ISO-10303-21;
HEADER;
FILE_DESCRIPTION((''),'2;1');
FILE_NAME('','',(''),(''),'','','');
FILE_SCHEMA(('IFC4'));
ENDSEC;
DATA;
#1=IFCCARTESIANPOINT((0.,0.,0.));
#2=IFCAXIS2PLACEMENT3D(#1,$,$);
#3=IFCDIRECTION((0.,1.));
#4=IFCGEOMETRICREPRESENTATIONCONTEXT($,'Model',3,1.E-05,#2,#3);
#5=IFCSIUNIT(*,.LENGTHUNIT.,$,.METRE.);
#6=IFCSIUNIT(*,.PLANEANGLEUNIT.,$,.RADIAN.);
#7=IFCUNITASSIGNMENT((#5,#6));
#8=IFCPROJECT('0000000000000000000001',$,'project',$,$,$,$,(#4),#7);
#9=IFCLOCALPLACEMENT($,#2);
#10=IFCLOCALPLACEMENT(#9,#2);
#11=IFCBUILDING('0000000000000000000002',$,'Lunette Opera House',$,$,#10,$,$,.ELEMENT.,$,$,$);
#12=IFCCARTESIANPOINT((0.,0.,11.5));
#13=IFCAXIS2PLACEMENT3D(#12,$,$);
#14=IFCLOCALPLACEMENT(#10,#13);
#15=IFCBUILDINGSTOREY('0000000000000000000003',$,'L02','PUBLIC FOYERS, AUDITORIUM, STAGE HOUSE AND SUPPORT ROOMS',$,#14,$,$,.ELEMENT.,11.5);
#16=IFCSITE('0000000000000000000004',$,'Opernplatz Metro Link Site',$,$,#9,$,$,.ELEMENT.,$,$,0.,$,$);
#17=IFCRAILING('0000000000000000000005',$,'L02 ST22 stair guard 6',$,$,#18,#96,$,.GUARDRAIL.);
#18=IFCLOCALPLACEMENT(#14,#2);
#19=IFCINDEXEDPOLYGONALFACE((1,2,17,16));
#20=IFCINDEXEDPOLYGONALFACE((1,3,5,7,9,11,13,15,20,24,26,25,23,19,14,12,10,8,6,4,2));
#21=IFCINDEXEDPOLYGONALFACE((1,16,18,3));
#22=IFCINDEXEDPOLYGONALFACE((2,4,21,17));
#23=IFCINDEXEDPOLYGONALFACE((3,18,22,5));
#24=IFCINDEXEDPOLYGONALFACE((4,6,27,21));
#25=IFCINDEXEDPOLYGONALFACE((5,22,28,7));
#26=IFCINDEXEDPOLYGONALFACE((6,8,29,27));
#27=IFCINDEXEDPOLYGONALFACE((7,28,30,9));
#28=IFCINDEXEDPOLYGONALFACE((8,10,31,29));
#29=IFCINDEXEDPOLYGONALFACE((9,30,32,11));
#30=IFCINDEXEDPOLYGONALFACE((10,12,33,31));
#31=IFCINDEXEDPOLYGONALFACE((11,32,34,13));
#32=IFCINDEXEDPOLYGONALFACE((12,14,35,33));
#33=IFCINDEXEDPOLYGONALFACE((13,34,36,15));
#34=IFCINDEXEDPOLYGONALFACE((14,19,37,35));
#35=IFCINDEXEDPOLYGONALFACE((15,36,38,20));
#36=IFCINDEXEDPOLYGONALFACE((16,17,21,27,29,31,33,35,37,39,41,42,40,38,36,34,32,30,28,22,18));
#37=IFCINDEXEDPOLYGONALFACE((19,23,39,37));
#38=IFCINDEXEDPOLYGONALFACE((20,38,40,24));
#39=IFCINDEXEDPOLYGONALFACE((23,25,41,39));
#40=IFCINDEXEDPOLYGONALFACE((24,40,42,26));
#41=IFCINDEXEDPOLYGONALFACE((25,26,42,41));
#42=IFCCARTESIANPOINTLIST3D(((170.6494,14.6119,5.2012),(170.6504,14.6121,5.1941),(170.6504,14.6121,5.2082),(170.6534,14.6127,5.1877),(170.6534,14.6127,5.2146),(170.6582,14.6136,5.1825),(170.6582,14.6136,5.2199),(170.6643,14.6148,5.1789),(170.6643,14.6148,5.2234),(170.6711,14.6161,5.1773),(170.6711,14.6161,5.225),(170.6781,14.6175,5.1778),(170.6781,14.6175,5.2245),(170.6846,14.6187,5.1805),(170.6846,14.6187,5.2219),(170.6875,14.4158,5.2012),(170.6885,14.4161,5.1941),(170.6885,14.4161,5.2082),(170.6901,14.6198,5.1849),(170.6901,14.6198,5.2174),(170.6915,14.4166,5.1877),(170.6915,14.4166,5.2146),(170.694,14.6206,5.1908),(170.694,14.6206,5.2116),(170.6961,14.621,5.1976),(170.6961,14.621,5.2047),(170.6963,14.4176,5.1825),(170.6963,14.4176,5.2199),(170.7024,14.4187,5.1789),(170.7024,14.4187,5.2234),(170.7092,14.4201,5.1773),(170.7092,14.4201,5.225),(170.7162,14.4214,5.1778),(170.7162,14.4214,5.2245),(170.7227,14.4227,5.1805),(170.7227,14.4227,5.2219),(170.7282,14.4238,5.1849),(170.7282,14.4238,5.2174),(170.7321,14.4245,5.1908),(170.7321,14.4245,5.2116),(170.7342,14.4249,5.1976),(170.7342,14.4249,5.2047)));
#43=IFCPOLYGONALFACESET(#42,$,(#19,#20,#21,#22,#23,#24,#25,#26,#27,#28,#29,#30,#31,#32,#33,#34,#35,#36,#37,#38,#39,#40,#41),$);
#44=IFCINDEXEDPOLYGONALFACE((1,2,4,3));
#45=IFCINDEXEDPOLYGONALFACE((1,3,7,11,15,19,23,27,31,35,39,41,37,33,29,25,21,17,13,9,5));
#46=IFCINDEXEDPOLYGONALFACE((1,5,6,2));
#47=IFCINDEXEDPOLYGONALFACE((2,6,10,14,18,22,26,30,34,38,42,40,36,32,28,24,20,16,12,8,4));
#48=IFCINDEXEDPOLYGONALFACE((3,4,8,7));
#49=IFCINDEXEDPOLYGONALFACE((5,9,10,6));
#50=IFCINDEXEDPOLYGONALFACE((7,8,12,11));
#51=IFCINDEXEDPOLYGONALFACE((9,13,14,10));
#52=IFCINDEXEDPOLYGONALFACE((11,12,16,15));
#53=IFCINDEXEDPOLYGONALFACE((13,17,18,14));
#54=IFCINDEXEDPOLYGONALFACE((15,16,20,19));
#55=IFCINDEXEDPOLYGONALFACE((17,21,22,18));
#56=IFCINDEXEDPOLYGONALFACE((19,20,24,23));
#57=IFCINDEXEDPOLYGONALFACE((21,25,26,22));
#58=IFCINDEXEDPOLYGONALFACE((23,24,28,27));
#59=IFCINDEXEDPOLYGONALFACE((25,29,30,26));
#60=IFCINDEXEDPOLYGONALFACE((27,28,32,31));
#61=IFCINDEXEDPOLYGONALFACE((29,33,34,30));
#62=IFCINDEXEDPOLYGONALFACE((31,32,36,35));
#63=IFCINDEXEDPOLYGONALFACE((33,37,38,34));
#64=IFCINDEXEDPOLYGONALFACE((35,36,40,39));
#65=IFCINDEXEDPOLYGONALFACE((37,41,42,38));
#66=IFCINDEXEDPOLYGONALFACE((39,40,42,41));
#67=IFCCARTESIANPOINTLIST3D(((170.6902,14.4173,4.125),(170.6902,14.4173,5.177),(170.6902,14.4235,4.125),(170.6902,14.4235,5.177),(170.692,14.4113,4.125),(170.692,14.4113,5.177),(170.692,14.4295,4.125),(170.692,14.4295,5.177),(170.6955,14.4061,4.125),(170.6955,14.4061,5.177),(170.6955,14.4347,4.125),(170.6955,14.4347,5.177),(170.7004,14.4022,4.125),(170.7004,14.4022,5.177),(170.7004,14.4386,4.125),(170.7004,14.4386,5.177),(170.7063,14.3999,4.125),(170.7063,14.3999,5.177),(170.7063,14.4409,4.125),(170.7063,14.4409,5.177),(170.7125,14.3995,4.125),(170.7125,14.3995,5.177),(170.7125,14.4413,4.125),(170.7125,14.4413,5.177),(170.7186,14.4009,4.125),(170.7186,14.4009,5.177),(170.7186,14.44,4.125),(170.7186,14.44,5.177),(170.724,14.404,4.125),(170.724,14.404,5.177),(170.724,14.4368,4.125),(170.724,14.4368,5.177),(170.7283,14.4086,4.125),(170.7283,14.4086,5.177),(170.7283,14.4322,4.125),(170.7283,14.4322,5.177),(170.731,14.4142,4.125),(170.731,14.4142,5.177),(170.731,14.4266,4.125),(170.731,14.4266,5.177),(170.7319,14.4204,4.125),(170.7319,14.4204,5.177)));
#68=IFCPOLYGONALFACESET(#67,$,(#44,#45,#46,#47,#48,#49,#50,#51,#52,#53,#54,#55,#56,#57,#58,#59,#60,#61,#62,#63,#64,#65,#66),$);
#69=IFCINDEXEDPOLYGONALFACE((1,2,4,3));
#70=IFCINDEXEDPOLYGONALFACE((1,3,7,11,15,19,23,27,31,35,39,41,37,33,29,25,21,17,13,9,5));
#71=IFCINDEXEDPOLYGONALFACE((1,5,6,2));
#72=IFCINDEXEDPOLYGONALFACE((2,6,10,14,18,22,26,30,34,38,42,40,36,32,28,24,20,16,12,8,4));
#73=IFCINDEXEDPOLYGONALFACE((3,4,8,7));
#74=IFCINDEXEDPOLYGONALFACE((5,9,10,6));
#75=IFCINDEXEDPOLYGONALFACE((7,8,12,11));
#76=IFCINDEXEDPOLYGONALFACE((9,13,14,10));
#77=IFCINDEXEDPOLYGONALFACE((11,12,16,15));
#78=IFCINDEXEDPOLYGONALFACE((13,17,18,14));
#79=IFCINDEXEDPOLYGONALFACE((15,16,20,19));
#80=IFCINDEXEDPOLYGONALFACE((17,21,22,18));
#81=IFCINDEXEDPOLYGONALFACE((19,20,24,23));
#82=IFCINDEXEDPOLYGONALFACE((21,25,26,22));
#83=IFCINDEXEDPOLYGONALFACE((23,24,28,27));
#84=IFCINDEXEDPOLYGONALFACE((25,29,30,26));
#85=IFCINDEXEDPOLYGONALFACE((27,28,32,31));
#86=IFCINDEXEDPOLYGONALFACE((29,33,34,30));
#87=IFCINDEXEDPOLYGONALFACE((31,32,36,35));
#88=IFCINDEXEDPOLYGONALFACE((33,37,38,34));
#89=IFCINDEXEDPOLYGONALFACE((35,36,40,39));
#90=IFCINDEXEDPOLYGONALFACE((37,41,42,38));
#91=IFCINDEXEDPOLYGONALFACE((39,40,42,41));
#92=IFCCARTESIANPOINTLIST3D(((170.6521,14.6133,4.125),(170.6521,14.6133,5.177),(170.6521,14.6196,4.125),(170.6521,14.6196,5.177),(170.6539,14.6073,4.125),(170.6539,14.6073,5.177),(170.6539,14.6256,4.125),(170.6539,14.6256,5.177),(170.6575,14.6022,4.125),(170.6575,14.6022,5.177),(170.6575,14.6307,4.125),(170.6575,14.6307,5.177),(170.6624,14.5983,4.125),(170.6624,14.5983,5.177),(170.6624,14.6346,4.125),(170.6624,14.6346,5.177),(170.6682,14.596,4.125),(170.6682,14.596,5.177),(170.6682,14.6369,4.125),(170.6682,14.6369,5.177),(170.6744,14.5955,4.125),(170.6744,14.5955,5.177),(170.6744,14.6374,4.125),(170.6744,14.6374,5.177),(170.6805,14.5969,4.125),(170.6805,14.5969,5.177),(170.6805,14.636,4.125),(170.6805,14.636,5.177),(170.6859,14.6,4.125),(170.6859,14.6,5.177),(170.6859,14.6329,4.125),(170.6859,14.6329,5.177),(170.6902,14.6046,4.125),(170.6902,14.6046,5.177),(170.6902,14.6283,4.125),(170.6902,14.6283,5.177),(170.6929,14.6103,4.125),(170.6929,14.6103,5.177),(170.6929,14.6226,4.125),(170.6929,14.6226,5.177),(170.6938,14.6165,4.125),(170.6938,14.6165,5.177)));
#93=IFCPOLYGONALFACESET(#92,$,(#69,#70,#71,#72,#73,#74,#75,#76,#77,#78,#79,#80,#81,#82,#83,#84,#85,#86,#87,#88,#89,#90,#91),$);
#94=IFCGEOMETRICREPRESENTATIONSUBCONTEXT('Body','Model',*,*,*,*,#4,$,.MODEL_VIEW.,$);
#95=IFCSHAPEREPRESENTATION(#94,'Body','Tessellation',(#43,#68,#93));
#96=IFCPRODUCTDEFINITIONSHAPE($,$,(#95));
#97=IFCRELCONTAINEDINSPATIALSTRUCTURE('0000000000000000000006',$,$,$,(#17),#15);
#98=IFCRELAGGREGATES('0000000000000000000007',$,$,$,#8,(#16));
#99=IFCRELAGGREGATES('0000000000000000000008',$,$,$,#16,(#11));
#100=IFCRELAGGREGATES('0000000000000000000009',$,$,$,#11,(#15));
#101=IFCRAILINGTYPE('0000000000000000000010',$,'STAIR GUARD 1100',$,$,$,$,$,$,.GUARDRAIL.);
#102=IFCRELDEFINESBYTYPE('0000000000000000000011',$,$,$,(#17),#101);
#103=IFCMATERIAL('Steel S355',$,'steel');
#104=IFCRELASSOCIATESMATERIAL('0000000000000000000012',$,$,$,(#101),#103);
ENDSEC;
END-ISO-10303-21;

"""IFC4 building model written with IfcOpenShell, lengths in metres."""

from ifc_helpers import new_model, si_unit, direction, frame, origin, origin_2d, place, context, subcontext, project, spatial, circle, extrude, material, type_object, element, save


model = new_model("IFC4")

# Units and contexts
model_context = context("Model", 3, precision=1e-05, world=origin(), true_north=direction((0.0, 1.0)))
body_context = subcontext(model_context, "Body", "Model", "MODEL_VIEW")
ifc_project = project(units=[si_unit("LENGTHUNIT", "METRE"), si_unit("PLANEANGLEUNIT", "RADIAN")], contexts=[model_context])

# Site, building, storey
site_placement = place(None, origin())
site = spatial("IfcSite", under=ifc_project, at=site_placement, Name="Opernplatz Metro Link Site", CompositionType="ELEMENT", RefElevation=0.0)
building_placement = place(site_placement, origin())
building = spatial("IfcBuilding", under=site, at=building_placement, Name="Lunette Opera House", CompositionType="ELEMENT")
storey_placement = place(building_placement, frame((0.0, 0.0, 11.5)))
storey = spatial("IfcBuildingStorey", under=building, at=storey_placement, Name="L02", Description="PUBLIC FOYERS, AUDITORIUM, STAGE HOUSE AND SUPPORT ROOMS", CompositionType="ELEMENT", Elevation=11.5)

# Railing
ifc_material_1 = material(Name="Steel S355", Category="steel")
railing_type = type_object("IfcRailingType", Name="STAIR GUARD 1100", PredefinedType="GUARDRAIL", material=ifc_material_1)
for number, where, name in (
    (1, (170.7109, 14.4204, 4.125), "L02 ST22 stair guard 6"),
):
    element("IfcRailing", number, at=place(storey_placement, frame(where)), inside=storey, type_object=railing_type, Name=name, PredefinedType="GUARDRAIL", context=body_context, shape_type="SweptSolid", body=[
        extrude(circle(Radius=0.0239, at=origin_2d()), frame((0.0, 0.0, 1.0762), z_axis=(-0.190706, 0.981647, 0.0), x_axis=(-0.981647, -0.190706, 0.0)), (0.0, 0.0, 1.0), 0.1997),
        extrude(circle(Radius=0.021, at=origin_2d()), origin(), (0.0, 0.0, 1.0), 1.052),
        extrude(circle(Radius=0.021, at=origin_2d()), frame((-0.0381, 0.196, 0.0)), (0.0, 0.0, 1.0), 1.052),
    ])

save(model, "model.ifc")
